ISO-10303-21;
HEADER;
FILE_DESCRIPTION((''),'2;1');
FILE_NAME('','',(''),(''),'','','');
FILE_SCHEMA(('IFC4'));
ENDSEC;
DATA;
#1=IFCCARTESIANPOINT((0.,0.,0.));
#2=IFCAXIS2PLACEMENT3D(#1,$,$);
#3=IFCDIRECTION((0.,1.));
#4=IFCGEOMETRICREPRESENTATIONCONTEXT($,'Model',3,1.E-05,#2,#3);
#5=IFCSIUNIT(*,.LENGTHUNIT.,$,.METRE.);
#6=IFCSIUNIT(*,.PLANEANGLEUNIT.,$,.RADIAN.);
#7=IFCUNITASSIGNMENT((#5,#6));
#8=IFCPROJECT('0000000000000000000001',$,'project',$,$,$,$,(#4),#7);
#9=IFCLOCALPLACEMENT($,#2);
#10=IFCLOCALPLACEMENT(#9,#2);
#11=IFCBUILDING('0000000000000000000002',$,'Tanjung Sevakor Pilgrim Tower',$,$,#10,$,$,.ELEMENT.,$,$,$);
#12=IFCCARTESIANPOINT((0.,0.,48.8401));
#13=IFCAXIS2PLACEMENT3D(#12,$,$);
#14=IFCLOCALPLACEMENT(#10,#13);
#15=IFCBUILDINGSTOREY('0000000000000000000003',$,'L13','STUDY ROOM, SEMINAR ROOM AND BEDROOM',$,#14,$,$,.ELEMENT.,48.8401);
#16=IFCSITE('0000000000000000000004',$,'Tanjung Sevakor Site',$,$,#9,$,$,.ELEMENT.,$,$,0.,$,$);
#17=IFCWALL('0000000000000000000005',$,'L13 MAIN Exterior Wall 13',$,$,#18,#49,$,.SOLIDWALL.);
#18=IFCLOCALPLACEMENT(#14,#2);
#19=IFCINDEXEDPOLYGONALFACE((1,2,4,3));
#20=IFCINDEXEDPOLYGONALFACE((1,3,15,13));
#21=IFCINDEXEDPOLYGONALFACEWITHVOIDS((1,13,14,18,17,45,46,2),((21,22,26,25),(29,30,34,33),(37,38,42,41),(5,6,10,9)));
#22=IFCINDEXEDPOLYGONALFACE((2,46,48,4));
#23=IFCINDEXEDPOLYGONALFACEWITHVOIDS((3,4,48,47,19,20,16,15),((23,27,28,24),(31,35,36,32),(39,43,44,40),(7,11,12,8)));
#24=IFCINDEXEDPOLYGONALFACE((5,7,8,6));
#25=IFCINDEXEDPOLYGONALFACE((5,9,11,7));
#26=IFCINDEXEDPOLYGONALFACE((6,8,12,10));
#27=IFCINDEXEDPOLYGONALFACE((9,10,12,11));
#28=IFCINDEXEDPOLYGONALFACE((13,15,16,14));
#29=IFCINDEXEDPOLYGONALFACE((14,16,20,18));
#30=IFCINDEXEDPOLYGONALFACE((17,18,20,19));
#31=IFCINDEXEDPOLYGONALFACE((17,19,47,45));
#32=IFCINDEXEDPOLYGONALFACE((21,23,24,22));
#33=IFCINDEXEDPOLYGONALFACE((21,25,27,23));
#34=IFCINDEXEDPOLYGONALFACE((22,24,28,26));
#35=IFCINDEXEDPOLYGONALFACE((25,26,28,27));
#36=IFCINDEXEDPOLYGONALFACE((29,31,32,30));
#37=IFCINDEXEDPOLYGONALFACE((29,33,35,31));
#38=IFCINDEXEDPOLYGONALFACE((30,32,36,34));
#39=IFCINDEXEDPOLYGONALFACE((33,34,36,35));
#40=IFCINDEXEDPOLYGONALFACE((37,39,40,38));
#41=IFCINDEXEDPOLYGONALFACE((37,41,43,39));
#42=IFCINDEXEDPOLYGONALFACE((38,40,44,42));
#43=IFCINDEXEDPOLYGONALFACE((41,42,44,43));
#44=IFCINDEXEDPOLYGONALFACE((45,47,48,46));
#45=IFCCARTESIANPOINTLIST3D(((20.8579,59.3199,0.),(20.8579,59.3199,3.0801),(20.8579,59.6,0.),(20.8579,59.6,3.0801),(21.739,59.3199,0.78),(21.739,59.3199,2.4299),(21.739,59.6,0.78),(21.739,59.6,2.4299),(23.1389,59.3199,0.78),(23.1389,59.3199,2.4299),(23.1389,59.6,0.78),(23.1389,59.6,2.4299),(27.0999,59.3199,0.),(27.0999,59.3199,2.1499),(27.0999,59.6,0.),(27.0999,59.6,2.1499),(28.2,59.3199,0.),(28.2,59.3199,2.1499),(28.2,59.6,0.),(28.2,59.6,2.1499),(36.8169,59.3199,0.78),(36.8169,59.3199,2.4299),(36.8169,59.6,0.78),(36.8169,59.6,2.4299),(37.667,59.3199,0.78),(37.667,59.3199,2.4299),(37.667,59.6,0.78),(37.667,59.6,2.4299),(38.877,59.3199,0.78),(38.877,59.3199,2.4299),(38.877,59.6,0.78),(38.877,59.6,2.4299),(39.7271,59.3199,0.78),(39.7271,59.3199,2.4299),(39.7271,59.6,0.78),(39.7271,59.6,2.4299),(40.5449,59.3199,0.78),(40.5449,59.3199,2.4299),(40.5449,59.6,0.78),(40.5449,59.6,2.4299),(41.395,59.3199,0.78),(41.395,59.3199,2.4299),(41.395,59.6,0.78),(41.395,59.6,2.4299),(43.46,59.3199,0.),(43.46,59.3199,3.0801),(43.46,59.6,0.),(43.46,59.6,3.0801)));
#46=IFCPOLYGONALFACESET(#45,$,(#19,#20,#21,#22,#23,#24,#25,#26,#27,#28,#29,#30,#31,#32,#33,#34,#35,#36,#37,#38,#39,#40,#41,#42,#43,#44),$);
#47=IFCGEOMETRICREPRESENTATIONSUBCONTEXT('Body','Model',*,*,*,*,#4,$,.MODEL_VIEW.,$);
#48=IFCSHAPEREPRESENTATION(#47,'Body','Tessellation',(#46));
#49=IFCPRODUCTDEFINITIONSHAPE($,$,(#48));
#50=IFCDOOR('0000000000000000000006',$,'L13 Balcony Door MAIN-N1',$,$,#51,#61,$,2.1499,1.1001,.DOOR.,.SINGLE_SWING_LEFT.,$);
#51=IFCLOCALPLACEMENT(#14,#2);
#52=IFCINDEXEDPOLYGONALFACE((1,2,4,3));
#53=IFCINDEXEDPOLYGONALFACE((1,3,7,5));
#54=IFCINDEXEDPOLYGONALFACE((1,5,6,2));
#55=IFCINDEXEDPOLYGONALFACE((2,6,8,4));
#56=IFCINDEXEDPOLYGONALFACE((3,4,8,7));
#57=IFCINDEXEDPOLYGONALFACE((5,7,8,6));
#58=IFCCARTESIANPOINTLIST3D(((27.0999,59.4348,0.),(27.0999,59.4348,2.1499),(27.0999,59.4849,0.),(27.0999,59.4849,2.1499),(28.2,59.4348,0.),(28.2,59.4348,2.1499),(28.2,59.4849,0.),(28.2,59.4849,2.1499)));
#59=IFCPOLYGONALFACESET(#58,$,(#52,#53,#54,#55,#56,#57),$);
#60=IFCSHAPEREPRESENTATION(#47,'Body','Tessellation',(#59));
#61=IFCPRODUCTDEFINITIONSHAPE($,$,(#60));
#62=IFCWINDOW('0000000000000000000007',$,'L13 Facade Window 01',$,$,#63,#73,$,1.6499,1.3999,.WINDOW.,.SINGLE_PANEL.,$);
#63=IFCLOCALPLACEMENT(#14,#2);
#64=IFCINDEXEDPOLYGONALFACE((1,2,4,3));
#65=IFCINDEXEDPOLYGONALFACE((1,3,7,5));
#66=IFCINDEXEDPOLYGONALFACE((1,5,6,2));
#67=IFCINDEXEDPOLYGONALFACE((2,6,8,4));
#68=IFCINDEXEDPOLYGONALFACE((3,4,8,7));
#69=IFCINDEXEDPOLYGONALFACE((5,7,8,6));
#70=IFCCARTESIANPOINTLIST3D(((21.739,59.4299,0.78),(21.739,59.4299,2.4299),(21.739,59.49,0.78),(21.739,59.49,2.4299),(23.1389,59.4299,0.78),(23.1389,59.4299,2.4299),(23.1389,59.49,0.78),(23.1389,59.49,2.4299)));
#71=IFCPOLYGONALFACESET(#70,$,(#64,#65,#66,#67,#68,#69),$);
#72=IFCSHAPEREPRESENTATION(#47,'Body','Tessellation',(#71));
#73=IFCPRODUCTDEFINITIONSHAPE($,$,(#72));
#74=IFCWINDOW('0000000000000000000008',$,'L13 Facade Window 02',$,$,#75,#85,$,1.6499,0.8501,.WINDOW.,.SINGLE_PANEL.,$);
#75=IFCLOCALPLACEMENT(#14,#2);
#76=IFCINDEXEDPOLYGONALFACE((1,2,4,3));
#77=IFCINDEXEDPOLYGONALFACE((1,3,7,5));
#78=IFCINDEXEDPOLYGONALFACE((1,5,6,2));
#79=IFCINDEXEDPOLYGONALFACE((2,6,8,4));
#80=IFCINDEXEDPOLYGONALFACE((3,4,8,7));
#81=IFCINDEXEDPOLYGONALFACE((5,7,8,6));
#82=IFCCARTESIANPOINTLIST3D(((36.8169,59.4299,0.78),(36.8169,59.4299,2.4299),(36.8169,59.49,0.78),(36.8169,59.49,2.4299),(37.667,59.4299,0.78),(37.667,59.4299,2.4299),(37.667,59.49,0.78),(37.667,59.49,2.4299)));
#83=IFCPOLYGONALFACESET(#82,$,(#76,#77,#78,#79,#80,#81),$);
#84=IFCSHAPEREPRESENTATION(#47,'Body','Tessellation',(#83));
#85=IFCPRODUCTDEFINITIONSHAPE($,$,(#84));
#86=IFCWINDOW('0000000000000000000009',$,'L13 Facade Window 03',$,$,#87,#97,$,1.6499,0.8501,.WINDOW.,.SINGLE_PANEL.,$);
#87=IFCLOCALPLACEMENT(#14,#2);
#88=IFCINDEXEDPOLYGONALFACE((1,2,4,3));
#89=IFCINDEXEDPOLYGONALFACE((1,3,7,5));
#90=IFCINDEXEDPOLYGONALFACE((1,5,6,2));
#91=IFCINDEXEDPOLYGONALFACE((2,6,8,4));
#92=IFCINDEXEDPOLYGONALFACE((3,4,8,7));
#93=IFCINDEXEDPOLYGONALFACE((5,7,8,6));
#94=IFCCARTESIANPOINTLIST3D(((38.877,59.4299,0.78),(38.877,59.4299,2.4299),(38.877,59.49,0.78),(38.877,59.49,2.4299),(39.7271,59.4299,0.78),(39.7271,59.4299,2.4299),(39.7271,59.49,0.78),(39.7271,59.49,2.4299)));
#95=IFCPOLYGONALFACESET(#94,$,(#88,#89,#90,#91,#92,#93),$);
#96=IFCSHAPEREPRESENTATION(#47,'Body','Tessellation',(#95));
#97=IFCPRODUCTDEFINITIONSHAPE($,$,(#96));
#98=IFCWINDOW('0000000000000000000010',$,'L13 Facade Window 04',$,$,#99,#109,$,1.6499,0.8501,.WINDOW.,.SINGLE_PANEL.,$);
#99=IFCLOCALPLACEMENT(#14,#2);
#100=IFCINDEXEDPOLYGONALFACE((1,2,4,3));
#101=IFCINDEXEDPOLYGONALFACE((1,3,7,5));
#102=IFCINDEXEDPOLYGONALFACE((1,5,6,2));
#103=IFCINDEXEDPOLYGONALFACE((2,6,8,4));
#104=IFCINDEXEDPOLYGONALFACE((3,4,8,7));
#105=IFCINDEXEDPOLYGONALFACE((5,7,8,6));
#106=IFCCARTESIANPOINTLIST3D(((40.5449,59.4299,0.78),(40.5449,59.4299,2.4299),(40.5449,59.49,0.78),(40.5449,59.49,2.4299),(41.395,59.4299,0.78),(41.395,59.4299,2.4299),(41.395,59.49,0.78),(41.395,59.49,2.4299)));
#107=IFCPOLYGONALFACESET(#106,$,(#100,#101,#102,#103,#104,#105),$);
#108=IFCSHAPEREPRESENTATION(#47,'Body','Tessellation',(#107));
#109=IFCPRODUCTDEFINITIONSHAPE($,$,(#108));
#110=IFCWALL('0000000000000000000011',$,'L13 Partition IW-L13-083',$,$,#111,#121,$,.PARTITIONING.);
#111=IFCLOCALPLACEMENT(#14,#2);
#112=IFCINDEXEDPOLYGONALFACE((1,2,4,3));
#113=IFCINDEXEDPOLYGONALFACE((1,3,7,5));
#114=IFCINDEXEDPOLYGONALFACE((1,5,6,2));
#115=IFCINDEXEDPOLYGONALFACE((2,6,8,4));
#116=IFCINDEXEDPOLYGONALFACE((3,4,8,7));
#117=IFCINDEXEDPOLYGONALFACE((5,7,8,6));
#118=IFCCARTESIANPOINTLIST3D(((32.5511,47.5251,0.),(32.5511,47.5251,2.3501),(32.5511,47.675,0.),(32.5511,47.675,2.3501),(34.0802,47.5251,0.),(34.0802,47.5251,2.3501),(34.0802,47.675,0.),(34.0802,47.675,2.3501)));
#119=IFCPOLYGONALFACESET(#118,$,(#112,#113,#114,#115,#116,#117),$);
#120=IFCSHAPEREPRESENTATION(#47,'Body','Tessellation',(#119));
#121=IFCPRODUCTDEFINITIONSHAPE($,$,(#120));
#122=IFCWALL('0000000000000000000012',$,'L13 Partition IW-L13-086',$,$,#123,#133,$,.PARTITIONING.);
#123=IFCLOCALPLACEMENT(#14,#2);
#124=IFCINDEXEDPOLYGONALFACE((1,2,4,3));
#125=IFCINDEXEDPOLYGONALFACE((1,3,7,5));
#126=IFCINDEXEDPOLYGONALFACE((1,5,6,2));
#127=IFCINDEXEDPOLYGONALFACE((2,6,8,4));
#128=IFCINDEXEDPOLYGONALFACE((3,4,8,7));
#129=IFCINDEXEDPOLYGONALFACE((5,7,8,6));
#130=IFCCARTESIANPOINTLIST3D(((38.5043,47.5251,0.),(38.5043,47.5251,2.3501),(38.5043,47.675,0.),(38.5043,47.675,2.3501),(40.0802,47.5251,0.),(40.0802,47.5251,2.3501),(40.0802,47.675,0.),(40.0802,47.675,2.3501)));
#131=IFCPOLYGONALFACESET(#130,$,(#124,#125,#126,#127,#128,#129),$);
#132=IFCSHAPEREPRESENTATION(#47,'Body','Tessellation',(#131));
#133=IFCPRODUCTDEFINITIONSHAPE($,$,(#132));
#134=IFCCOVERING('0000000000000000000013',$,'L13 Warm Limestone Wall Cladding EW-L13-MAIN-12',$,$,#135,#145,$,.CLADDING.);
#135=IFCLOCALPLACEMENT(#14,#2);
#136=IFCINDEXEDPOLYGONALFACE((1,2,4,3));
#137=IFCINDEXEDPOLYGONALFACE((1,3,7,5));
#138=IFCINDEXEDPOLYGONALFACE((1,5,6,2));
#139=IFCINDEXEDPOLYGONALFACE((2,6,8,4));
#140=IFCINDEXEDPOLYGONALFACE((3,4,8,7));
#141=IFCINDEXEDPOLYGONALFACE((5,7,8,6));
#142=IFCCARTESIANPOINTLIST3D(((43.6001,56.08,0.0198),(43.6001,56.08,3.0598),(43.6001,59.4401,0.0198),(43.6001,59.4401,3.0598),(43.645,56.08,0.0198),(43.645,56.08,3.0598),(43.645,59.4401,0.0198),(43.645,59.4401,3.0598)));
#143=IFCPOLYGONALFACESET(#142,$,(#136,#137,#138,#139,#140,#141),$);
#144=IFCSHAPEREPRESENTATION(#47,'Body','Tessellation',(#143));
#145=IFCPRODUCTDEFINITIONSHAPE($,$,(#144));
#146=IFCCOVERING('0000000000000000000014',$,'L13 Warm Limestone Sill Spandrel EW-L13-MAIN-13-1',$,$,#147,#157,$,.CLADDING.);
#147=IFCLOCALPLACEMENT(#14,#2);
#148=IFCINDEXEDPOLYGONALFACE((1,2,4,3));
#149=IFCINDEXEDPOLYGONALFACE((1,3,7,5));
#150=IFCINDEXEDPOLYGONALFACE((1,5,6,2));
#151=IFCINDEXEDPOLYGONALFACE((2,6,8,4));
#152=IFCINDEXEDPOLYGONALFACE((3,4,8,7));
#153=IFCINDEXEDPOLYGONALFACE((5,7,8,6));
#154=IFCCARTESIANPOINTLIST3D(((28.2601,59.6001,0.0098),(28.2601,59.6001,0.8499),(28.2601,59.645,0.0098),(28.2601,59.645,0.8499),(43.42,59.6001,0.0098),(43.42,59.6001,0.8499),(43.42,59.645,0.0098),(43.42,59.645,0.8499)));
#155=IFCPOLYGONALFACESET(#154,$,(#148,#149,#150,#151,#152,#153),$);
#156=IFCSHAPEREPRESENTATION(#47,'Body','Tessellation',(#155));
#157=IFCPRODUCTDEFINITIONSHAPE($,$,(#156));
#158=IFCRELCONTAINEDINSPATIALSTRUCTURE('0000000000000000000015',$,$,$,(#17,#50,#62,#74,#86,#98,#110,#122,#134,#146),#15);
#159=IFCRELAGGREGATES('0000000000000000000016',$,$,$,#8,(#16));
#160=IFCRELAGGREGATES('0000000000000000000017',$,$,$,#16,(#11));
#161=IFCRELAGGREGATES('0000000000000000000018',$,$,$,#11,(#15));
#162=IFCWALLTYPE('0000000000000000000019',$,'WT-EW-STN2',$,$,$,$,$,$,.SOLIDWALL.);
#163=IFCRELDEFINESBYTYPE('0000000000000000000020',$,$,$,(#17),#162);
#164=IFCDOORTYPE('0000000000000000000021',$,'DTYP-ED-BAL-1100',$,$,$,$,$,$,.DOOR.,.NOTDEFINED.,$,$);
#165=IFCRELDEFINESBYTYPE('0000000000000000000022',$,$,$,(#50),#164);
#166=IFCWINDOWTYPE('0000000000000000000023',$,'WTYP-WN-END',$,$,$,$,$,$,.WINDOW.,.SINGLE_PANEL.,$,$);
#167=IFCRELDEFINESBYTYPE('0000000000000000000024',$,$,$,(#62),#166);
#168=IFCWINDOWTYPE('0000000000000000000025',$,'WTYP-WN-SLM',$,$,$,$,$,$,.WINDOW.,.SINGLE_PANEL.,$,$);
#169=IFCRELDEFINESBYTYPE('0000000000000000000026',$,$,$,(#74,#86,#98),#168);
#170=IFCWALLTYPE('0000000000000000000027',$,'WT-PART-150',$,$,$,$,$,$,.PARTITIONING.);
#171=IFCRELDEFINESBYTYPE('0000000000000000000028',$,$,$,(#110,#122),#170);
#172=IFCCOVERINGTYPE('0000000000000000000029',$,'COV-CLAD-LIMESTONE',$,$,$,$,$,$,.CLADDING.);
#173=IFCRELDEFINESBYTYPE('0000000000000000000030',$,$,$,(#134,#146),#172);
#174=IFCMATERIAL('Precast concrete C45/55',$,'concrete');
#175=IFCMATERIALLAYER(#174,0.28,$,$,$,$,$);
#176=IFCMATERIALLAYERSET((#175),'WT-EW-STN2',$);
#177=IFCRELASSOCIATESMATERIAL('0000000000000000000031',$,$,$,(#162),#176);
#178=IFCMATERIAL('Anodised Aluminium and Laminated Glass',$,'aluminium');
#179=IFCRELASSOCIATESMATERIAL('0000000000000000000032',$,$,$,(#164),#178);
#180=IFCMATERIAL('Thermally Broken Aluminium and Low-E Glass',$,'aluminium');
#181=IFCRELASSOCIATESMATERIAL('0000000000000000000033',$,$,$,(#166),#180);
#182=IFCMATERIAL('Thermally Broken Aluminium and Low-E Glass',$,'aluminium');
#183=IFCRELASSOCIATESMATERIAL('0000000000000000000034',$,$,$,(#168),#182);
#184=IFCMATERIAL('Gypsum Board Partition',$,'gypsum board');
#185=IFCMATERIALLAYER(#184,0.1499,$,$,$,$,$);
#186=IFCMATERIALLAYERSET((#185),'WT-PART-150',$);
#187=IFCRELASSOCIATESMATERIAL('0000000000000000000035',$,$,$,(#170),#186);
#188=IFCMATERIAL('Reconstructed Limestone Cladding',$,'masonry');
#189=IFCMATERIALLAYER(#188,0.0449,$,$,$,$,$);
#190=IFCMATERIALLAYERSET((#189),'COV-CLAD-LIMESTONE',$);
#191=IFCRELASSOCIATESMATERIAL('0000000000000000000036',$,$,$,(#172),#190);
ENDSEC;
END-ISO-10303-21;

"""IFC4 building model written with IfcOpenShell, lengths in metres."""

from ifc_helpers import new_model, si_unit, direction, frame, frame_2d, origin, origin_2d, place, context, subcontext, project, spatial, rectangle, extrude, material, layer, layer_set, type_object, element, fill, save


model = new_model("IFC4")

# Units and contexts
model_context = context("Model", 3, precision=1e-05, world=origin(), true_north=direction((0.0, 1.0)))
body_context = subcontext(model_context, "Body", "Model", "MODEL_VIEW")
ifc_project = project(units=[si_unit("LENGTHUNIT", "METRE"), si_unit("PLANEANGLEUNIT", "RADIAN")], contexts=[model_context])

# Site, building, storey
site_placement = place(None, origin())
site = spatial("IfcSite", under=ifc_project, at=site_placement, Name="Tanjung Sevakor Site", CompositionType="ELEMENT", RefElevation=0.0)
building_placement = place(site_placement, origin())
building = spatial("IfcBuilding", under=site, at=building_placement, Name="Tanjung Sevakor Pilgrim Tower", CompositionType="ELEMENT")
storey_placement = place(building_placement, frame((0.0, 0.0, 48.8401)))
storey = spatial("IfcBuildingStorey", under=building, at=storey_placement, Name="L13", Description="STUDY ROOM, SEMINAR ROOM AND BEDROOM", CompositionType="ELEMENT", Elevation=48.8401)

# Shared definitions
ifc_material_1 = material(Name="Precast concrete C45/55", Category="concrete")
ifc_layer_1 = layer(ifc_material_1, 0.28)
ifc_layer_set_1 = layer_set([ifc_layer_1], Name="WT-EW-STN2")
wall_type_1 = type_object("IfcWallType", Name="WT-EW-STN2", PredefinedType="SOLIDWALL", material=ifc_layer_set_1)

# Wall, openings, door, windows
wall_1_placement = place(storey_placement, frame((43.46, 59.46, 0.0), z_axis=(0.0, 0.0, 1.0), x_axis=(-1.0, 0.0, 0.0)))
wall_1 = element("IfcWall", 1, at=wall_1_placement, inside=storey, type_object=wall_type_1, Name="L13 MAIN Exterior Wall 13", PredefinedType="SOLIDWALL", context=body_context, shape_type="SweptSolid", body=[
    extrude(rectangle(XDim=22.6021, YDim=0.28, at=frame_2d((11.301, 0.0))), origin(), (0.0, 0.0, 1.0), 3.0801),
])
opening_1_placement = place(wall_1_placement, frame((15.26, 0.0, 0.0)))
opening_1 = element("IfcOpeningElement", 2, at=opening_1_placement, cuts=wall_1, PredefinedType="OPENING", context=body_context, shape_type="SweptSolid", body=[
    extrude(rectangle(XDim=1.1001, YDim=2.1499, at=frame_2d((0.55, 1.075))), frame((0.0, 0.1499, 0.0), z_axis=(0.0, -1.0, 0.0), x_axis=(1.0, 0.0, 0.0)), (0.0, 0.0, 1.0), 0.3),
])
opening_2_placement = place(wall_1_placement, frame((20.321, 0.0, 0.78)))
opening_2 = element("IfcOpeningElement", 3, at=opening_2_placement, cuts=wall_1, PredefinedType="OPENING", context=body_context, shape_type="SweptSolid", body=[
    extrude(rectangle(XDim=1.3999, YDim=1.6499, at=frame_2d((0.7, 0.825))), frame((0.0, 0.1499, 0.0), z_axis=(0.0, -1.0, 0.0), x_axis=(1.0, 0.0, 0.0)), (0.0, 0.0, 1.0), 0.3),
])
opening_3_placement = place(wall_1_placement, frame((5.793, 0.0, 0.78)))
opening_3 = element("IfcOpeningElement", 4, at=opening_3_placement, cuts=wall_1, PredefinedType="OPENING", context=body_context, shape_type="SweptSolid", body=[
    extrude(rectangle(XDim=0.8501, YDim=1.6499, at=frame_2d((0.425, 0.825))), frame((0.0, 0.1499, 0.0), z_axis=(0.0, -1.0, 0.0), x_axis=(1.0, 0.0, 0.0)), (0.0, 0.0, 1.0), 0.3),
])
opening_4_placement = place(wall_1_placement, frame((3.7329, 0.0, 0.78)))
opening_4 = element("IfcOpeningElement", 5, at=opening_4_placement, cuts=wall_1, PredefinedType="OPENING", context=body_context, shape_type="SweptSolid", body=[
    extrude(rectangle(XDim=0.8501, YDim=1.6499, at=frame_2d((0.425, 0.825))), frame((0.0, 0.1499, 0.0), z_axis=(0.0, -1.0, 0.0), x_axis=(1.0, 0.0, 0.0)), (0.0, 0.0, 1.0), 0.3),
])
opening_5_placement = place(wall_1_placement, frame((2.0649, 0.0, 0.78)))
opening_5 = element("IfcOpeningElement", 6, at=opening_5_placement, cuts=wall_1, PredefinedType="OPENING", context=body_context, shape_type="SweptSolid", body=[
    extrude(rectangle(XDim=0.8501, YDim=1.6499, at=frame_2d((0.425, 0.825))), frame((0.0, 0.1499, 0.0), z_axis=(0.0, -1.0, 0.0), x_axis=(1.0, 0.0, 0.0)), (0.0, 0.0, 1.0), 0.3),
])
ifc_material_2 = material(Name="Anodised Aluminium and Laminated Glass", Category="aluminium")
door_type_1 = type_object("IfcDoorType", Name="DTYP-ED-BAL-1100", OperationType="NOTDEFINED", PredefinedType="DOOR", material=ifc_material_2)
door_1_placement = place(opening_1_placement, frame((1.1001, 0.0, 0.0), z_axis=(0.0, 0.0, 1.0), x_axis=(-1.0, 0.0, 0.0)))
door_1 = element("IfcDoor", 7, at=door_1_placement, inside=storey, type_object=door_type_1, Name="L13 Balcony Door MAIN-N1", OperationType="SINGLE_SWING_LEFT", OverallHeight=2.1499, OverallWidth=1.1001, PredefinedType="DOOR", context=body_context, shape_type="SweptSolid", body=[
    extrude(rectangle(XDim=1.1001, YDim=2.1499, at=frame_2d((0.55, 1.075))), frame((0.0, 0.0249, 0.0), z_axis=(0.0, -1.0, 0.0), x_axis=(1.0, 0.0, 0.0)), (0.0, 0.0, 1.0), 0.05),
])
fill(opening_1, door_1)
ifc_material_3 = material(Name="Thermally Broken Aluminium and Low-E Glass", Category="aluminium")
window_type_1 = type_object("IfcWindowType", Name="WTYP-WN-END", PartitioningType="SINGLE_PANEL", PredefinedType="WINDOW", material=ifc_material_3)
window_1_placement = place(opening_2_placement, origin())
window_1 = element("IfcWindow", 8, at=window_1_placement, inside=storey, type_object=window_type_1, Name="L13 Facade Window 01", OverallHeight=1.6499, OverallWidth=1.3999, PartitioningType="SINGLE_PANEL", PredefinedType="WINDOW", context=body_context, shape_type="SweptSolid", body=[
    extrude(rectangle(XDim=1.3999, YDim=1.6499, at=frame_2d((0.7, 0.825))), frame((0.0, 0.03, 0.0), z_axis=(0.0, -1.0, 0.0), x_axis=(1.0, 0.0, 0.0)), (0.0, 0.0, 1.0), 0.0601),
])
fill(opening_2, window_1)
ifc_material_4 = material(Name="Thermally Broken Aluminium and Low-E Glass", Category="aluminium")
window_type_2 = type_object("IfcWindowType", Name="WTYP-WN-SLM", PartitioningType="SINGLE_PANEL", PredefinedType="WINDOW", material=ifc_material_4)
window_2_placement = place(opening_3_placement, origin())
window_2 = element("IfcWindow", 9, at=window_2_placement, inside=storey, type_object=window_type_2, Name="L13 Facade Window 02", OverallHeight=1.6499, OverallWidth=0.8501, PartitioningType="SINGLE_PANEL", PredefinedType="WINDOW", context=body_context, shape_type="SweptSolid", body=[
    extrude(rectangle(XDim=0.8501, YDim=1.6499, at=frame_2d((0.425, 0.825))), frame((0.0, 0.03, 0.0), z_axis=(0.0, -1.0, 0.0), x_axis=(1.0, 0.0, 0.0)), (0.0, 0.0, 1.0), 0.0601),
])
fill(opening_3, window_2)
window_3_placement = place(opening_4_placement, origin())
window_3 = element("IfcWindow", 10, at=window_3_placement, inside=storey, type_object=window_type_2, Name="L13 Facade Window 03", OverallHeight=1.6499, OverallWidth=0.8501, PartitioningType="SINGLE_PANEL", PredefinedType="WINDOW", context=body_context, shape_type="SweptSolid", body=[
    extrude(rectangle(XDim=0.8501, YDim=1.6499, at=frame_2d((0.425, 0.825))), frame((0.0, 0.03, 0.0), z_axis=(0.0, -1.0, 0.0), x_axis=(1.0, 0.0, 0.0)), (0.0, 0.0, 1.0), 0.0601),
])
fill(opening_4, window_3)
window_4_placement = place(opening_5_placement, origin())
window_4 = element("IfcWindow", 11, at=window_4_placement, inside=storey, type_object=window_type_2, Name="L13 Facade Window 04", OverallHeight=1.6499, OverallWidth=0.8501, PartitioningType="SINGLE_PANEL", PredefinedType="WINDOW", context=body_context, shape_type="SweptSolid", body=[
    extrude(rectangle(XDim=0.8501, YDim=1.6499, at=frame_2d((0.425, 0.825))), frame((0.0, 0.03, 0.0), z_axis=(0.0, -1.0, 0.0), x_axis=(1.0, 0.0, 0.0)), (0.0, 0.0, 1.0), 0.0601),
])
fill(opening_5, window_4)

# Walls
ifc_material_5 = material(Name="Gypsum Board Partition", Category="gypsum board")
ifc_layer_2 = layer(ifc_material_5, 0.1499)
ifc_layer_set_2 = layer_set([ifc_layer_2], Name="WT-PART-150")
wall_type_2 = type_object("IfcWallType", Name="WT-PART-150", PredefinedType="PARTITIONING", material=ifc_layer_set_2)
wall_2_placement = place(storey_placement, frame((32.551, 47.6001, 0.0), z_axis=(0.0, 0.0, 1.0), x_axis=(1.0, 0.0, 0.0)))
element("IfcWall", 12, at=wall_2_placement, inside=storey, type_object=wall_type_2, Name="L13 Partition IW-L13-083", PredefinedType="PARTITIONING", context=body_context, shape_type="SweptSolid", body=[
    extrude(rectangle(XDim=1.5291, YDim=0.1499, at=frame_2d((0.7646, 0.0))), origin(), (0.0, 0.0, 1.0), 2.3501),
])
wall_3_placement = place(storey_placement, frame((38.5042, 47.6001, 0.0), z_axis=(0.0, 0.0, 1.0), x_axis=(1.0, 0.0, 0.0)))
element("IfcWall", 13, at=wall_3_placement, inside=storey, type_object=wall_type_2, Name="L13 Partition IW-L13-086", PredefinedType="PARTITIONING", context=body_context, shape_type="SweptSolid", body=[
    extrude(rectangle(XDim=1.5759, YDim=0.1499, at=frame_2d((0.7881, 0.0))), origin(), (0.0, 0.0, 1.0), 2.3501),
])

# Coverings
ifc_material_6 = material(Name="Reconstructed Limestone Cladding", Category="masonry")
ifc_layer_3 = layer(ifc_material_6, 0.0449)
ifc_layer_set_3 = layer_set([ifc_layer_3], Name="COV-CLAD-LIMESTONE")
covering_type = type_object("IfcCoveringType", Name="COV-CLAD-LIMESTONE", PredefinedType="CLADDING", material=ifc_layer_set_3)
covering_1_placement = place(storey_placement, frame((43.6226, 57.76, 0.0198), z_axis=(0.0, 0.0, 1.0), x_axis=(0.0, 1.0, 0.0)))
element("IfcCovering", 14, at=covering_1_placement, inside=storey, type_object=covering_type, Name="L13 Warm Limestone Wall Cladding EW-L13-MAIN-12", PredefinedType="CLADDING", context=body_context, shape_type="SweptSolid", body=[
    extrude(rectangle(XDim=3.3601, YDim=0.0449, at=origin_2d()), origin(), (0.0, 0.0, 1.0), 3.04),
])
covering_2_placement = place(storey_placement, frame((35.8401, 59.6226, 0.0098), z_axis=(0.0, 0.0, 1.0), x_axis=(-1.0, 0.0, 0.0)))
element("IfcCovering", 15, at=covering_2_placement, inside=storey, type_object=covering_type, Name="L13 Warm Limestone Sill Spandrel EW-L13-MAIN-13-1", PredefinedType="CLADDING", context=body_context, shape_type="SweptSolid", body=[
    extrude(rectangle(XDim=15.1599, YDim=0.0449, at=origin_2d()), origin(), (0.0, 0.0, 1.0), 0.8401),
])

save(model, "model.ifc")
